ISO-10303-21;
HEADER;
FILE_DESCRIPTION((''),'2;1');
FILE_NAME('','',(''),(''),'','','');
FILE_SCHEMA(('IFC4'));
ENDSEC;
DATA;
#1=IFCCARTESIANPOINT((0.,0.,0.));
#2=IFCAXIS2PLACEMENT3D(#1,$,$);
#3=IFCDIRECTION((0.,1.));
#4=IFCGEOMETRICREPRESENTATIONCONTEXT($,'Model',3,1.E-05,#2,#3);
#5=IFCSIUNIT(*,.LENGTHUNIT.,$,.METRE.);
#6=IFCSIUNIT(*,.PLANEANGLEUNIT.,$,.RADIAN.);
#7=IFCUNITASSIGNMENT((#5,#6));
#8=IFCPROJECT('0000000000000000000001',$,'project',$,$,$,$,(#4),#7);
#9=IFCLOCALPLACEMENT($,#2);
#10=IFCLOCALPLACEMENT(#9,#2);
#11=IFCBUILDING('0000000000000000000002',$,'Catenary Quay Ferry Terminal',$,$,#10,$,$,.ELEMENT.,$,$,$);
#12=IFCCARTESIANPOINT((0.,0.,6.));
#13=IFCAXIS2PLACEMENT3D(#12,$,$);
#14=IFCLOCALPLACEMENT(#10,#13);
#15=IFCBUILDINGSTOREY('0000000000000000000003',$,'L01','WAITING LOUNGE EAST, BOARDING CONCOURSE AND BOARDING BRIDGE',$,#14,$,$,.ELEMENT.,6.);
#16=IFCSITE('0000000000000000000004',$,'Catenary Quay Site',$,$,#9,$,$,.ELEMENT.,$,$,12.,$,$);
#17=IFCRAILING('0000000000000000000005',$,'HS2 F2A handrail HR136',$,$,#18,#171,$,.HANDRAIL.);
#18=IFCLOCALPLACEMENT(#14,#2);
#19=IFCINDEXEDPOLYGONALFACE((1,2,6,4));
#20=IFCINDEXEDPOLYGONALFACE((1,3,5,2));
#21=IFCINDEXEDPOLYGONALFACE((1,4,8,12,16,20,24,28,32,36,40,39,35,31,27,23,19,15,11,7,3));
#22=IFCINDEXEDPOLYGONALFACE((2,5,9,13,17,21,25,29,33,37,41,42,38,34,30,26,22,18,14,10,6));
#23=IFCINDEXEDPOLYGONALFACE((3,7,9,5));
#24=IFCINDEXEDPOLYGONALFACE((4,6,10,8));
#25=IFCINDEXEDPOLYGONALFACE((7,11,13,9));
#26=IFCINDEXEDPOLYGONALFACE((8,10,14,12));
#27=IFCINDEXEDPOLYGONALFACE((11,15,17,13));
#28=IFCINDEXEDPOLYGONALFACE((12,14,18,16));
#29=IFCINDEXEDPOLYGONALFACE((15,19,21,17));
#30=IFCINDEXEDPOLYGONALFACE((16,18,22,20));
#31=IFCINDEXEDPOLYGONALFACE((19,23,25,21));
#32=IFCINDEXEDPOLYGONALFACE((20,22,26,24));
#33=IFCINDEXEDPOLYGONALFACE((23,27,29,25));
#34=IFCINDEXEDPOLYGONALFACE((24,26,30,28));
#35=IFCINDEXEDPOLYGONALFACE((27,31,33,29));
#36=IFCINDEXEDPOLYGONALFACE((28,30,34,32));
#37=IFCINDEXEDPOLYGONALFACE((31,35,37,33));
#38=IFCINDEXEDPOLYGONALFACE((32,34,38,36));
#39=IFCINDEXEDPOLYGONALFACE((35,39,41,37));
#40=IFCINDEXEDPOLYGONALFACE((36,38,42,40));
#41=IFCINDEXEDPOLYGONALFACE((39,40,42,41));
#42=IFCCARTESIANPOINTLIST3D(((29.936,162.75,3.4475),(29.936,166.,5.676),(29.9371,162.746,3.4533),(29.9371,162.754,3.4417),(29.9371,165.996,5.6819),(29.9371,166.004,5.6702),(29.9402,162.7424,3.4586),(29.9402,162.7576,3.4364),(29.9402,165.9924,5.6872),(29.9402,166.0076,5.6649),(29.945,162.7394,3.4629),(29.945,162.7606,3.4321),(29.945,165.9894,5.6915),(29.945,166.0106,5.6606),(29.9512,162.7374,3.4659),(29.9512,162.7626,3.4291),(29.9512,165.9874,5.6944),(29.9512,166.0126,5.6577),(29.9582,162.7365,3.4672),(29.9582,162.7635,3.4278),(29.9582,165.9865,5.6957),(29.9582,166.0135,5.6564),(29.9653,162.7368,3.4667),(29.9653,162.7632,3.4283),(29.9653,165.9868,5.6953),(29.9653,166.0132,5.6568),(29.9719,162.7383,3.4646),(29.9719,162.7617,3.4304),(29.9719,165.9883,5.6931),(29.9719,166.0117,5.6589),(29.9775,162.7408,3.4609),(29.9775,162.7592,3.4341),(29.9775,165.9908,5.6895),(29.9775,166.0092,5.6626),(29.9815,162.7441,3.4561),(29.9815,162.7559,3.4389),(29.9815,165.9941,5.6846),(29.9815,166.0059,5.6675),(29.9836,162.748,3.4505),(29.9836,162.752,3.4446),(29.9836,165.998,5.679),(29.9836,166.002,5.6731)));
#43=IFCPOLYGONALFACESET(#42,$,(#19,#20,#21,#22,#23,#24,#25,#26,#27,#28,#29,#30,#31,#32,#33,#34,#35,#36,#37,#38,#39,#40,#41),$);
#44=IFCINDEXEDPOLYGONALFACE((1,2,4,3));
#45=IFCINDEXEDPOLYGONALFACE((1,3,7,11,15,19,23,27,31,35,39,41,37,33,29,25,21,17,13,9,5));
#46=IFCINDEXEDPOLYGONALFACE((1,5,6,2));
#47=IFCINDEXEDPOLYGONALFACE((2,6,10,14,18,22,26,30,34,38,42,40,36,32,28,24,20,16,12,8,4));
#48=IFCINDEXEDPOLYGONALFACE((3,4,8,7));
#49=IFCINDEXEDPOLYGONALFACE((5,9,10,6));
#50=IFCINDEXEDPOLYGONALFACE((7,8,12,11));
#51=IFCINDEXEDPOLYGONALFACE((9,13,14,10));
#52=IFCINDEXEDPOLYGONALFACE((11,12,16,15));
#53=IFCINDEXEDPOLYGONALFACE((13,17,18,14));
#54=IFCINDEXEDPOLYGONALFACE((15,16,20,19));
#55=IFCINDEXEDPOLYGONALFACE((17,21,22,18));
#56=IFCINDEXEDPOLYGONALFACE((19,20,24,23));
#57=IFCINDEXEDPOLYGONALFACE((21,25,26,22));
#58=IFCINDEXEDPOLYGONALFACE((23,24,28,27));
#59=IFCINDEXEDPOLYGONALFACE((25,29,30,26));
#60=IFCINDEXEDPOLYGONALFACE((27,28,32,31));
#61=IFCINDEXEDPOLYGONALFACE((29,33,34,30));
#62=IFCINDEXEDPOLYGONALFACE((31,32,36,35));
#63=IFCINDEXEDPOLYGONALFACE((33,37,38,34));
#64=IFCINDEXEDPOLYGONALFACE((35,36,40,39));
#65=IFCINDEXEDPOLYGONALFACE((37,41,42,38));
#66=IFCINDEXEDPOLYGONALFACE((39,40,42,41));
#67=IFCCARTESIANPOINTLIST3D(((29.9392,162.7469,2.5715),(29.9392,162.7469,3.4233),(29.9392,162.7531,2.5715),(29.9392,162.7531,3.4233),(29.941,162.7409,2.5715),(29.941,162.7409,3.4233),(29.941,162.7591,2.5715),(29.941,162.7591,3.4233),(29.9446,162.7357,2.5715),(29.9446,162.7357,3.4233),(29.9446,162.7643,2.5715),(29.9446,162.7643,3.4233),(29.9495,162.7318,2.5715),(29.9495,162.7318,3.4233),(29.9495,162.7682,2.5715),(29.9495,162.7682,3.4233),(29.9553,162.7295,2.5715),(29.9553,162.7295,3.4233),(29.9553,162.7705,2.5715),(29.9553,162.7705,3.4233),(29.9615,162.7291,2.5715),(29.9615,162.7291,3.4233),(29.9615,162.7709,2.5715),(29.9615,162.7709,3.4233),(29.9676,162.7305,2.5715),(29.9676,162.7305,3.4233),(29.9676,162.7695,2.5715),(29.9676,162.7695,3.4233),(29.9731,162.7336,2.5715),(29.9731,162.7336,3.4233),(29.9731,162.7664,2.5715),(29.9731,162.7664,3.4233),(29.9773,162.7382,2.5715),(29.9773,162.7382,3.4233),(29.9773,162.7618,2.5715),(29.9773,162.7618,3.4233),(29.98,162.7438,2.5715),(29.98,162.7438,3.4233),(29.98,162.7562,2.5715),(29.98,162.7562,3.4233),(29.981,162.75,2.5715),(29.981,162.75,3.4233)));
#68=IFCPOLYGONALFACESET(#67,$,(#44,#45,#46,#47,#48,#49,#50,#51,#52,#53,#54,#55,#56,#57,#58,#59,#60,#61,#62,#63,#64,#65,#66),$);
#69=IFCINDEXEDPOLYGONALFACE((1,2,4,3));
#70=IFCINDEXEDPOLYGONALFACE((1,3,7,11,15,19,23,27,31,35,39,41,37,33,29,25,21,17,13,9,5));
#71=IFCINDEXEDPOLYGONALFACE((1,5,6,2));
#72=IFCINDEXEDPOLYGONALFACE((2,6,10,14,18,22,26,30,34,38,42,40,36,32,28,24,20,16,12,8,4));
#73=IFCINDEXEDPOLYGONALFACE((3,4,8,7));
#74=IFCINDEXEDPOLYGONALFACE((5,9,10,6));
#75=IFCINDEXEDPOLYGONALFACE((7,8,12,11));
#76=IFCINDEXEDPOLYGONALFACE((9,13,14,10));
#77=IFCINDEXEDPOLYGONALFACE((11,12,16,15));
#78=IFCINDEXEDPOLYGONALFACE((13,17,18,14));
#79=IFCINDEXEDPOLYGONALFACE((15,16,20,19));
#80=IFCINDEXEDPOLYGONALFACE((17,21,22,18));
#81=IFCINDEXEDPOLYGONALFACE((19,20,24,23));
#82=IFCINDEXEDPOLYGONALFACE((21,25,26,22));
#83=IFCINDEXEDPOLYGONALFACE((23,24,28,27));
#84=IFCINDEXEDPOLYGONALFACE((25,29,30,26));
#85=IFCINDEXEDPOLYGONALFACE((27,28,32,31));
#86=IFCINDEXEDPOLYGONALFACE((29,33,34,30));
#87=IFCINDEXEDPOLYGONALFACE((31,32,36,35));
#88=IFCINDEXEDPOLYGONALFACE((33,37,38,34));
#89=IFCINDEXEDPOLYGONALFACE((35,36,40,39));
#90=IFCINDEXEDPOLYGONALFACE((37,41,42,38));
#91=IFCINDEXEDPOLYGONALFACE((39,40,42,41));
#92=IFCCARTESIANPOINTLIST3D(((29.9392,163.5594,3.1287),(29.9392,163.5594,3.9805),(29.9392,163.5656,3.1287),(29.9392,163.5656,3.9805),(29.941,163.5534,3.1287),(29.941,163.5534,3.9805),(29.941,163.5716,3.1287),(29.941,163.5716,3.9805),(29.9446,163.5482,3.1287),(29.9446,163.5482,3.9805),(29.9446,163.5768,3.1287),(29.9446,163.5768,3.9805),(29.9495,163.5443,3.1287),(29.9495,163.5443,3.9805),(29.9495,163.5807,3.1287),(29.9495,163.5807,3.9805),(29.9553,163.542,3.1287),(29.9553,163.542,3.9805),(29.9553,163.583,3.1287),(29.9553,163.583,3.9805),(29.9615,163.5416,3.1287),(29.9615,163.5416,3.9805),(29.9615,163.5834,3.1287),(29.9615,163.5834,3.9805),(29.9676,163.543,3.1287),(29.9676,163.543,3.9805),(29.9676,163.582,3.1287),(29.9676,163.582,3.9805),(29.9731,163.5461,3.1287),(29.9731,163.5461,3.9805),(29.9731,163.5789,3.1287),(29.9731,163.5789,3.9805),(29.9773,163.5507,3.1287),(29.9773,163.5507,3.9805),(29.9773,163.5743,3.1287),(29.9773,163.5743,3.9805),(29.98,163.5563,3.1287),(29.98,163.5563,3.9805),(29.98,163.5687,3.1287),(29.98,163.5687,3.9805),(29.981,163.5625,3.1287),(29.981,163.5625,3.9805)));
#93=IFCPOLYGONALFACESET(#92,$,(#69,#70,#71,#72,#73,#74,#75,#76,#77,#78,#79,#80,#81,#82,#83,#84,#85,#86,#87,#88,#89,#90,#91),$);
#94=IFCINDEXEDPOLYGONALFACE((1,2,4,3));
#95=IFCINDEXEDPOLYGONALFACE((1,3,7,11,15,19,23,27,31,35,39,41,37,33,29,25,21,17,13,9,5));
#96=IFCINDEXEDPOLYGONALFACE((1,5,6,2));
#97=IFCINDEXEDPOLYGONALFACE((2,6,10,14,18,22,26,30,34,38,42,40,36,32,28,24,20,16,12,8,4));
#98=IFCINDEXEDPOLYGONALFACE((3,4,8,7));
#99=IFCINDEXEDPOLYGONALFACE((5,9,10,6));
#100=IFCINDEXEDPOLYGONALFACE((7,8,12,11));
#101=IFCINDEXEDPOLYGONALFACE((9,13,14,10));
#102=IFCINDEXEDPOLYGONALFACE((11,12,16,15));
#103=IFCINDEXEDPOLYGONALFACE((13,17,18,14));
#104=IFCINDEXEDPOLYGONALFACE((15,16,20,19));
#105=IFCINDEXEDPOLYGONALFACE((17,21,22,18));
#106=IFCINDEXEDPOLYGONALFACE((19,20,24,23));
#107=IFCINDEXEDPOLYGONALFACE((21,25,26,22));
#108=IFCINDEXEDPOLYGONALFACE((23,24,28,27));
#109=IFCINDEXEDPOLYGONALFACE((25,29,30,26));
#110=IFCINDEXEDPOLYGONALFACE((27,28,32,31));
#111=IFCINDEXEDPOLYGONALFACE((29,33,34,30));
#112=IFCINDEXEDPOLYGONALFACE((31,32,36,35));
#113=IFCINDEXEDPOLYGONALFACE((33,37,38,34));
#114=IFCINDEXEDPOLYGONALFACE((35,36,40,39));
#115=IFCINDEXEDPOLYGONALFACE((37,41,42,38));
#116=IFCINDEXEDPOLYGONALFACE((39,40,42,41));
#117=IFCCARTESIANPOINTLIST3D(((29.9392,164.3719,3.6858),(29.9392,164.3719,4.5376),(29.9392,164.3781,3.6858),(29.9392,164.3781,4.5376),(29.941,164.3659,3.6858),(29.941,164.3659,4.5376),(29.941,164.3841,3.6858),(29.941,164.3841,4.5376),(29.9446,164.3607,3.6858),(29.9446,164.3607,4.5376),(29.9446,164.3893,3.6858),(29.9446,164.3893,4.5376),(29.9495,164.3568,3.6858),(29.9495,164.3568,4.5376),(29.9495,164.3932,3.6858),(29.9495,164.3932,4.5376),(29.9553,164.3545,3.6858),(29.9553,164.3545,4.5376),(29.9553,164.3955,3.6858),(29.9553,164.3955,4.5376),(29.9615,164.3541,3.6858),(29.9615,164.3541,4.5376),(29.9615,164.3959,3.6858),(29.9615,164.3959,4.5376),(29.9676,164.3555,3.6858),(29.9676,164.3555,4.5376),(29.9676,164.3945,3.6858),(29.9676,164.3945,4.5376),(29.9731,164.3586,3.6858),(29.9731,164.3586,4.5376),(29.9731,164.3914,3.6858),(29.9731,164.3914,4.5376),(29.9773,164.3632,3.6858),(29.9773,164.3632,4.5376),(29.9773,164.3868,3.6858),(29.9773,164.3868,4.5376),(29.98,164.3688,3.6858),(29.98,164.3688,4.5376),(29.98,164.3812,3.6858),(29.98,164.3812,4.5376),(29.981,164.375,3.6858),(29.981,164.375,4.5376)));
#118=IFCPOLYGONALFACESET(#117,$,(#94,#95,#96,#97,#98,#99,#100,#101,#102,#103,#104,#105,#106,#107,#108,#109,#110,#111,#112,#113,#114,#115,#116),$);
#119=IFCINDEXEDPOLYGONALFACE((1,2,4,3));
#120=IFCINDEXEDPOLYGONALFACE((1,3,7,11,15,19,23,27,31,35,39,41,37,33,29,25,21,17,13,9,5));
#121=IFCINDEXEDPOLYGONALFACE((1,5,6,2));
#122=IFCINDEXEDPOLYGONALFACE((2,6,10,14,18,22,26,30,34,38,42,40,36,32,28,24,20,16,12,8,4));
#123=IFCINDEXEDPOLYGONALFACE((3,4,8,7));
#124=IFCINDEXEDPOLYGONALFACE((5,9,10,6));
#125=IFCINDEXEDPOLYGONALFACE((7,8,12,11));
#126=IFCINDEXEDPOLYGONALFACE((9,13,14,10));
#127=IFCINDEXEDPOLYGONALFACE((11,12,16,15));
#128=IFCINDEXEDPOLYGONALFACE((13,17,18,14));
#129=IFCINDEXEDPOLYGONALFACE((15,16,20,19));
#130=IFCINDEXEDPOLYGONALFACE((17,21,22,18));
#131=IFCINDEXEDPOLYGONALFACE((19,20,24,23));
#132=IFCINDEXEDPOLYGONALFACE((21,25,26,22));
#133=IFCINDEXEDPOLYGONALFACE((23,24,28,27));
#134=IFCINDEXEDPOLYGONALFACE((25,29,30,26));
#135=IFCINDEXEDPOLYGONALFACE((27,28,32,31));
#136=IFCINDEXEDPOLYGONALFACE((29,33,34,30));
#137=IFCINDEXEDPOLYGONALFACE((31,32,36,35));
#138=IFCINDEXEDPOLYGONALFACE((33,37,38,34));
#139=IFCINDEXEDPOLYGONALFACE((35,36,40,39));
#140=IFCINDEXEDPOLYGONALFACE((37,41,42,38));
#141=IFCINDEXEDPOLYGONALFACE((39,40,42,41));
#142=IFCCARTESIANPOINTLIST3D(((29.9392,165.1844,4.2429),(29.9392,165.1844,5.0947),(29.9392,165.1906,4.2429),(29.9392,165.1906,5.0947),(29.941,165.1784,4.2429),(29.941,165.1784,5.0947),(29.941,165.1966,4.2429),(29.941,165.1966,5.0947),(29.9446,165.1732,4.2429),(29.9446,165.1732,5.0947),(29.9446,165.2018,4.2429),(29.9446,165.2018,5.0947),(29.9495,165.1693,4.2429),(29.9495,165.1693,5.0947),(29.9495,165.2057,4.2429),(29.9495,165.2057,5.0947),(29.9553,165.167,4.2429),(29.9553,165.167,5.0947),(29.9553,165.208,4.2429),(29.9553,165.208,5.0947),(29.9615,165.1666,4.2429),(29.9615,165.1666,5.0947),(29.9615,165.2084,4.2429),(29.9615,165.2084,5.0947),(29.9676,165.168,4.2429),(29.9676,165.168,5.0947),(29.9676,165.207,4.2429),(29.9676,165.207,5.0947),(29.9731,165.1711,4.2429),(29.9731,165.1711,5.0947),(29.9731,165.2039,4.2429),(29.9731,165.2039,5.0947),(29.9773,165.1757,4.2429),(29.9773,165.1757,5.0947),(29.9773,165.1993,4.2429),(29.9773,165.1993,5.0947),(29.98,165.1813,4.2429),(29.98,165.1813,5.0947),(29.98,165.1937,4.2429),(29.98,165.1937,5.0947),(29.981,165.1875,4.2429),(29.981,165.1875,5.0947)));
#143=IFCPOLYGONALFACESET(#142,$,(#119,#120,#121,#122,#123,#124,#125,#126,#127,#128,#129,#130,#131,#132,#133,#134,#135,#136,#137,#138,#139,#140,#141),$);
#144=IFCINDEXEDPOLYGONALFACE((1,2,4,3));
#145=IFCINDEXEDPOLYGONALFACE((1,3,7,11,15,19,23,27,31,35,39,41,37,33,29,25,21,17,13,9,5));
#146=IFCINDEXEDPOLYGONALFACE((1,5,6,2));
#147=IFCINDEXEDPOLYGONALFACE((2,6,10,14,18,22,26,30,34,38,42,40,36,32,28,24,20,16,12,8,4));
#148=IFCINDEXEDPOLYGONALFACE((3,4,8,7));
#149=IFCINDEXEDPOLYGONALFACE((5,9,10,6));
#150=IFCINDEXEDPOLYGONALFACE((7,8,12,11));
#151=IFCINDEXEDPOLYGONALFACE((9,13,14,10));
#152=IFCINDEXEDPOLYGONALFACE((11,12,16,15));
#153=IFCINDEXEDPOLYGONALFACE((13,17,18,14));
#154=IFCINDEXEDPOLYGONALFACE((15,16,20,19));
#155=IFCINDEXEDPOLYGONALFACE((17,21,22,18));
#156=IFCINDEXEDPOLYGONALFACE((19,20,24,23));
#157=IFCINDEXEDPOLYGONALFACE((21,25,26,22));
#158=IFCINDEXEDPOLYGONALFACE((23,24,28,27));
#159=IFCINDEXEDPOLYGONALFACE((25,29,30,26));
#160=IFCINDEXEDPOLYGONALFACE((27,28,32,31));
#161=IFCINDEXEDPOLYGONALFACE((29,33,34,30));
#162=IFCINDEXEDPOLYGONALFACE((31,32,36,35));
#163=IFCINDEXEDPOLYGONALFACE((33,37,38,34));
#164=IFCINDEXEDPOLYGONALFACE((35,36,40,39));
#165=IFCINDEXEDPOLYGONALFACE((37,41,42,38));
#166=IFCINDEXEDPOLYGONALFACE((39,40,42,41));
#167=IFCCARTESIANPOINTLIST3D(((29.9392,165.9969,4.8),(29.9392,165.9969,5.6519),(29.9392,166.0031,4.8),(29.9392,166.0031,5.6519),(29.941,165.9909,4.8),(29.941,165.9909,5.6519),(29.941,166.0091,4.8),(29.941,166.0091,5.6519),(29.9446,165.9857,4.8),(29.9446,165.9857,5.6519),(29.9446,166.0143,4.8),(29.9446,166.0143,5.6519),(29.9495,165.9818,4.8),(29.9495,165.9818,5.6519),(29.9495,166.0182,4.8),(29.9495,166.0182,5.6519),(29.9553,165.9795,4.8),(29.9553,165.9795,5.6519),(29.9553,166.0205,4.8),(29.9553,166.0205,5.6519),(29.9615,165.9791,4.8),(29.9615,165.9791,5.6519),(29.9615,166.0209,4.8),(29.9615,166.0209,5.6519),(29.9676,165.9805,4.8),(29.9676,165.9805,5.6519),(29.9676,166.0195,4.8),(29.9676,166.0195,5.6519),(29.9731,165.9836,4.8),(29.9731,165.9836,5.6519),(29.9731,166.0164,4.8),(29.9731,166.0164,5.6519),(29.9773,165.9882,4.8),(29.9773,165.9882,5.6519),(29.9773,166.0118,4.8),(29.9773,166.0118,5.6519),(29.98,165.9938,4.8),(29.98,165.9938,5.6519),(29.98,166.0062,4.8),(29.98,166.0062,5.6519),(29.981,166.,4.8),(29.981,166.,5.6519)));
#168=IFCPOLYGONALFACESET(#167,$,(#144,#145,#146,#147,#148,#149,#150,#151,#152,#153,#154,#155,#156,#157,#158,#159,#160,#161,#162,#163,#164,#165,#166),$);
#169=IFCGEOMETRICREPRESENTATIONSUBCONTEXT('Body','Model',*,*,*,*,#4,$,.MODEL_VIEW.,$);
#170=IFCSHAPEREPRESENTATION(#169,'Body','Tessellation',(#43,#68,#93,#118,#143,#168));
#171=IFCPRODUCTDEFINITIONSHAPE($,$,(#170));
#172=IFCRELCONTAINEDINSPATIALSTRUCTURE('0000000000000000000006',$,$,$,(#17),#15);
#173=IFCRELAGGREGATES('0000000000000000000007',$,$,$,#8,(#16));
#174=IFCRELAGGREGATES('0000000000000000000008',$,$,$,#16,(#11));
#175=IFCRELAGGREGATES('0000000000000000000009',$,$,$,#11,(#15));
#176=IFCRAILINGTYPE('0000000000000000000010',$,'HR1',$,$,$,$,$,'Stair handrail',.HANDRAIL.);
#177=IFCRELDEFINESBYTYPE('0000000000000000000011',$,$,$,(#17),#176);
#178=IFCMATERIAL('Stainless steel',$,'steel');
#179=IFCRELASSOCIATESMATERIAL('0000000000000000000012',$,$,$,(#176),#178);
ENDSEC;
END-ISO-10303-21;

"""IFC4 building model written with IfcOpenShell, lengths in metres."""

from ifc_helpers import new_model, si_unit, direction, frame, origin, origin_2d, place, context, subcontext, project, spatial, circle, extrude, material, type_object, element, save


model = new_model("IFC4")

# Units and contexts
model_context = context("Model", 3, precision=1e-05, world=origin(), true_north=direction((0.0, 1.0)))
body_context = subcontext(model_context, "Body", "Model", "MODEL_VIEW")
ifc_project = project(units=[si_unit("LENGTHUNIT", "METRE"), si_unit("PLANEANGLEUNIT", "RADIAN")], contexts=[model_context])

# Site, building, storey
site_placement = place(None, origin())
site = spatial("IfcSite", under=ifc_project, at=site_placement, Name="Catenary Quay Site", CompositionType="ELEMENT", RefElevation=12.0)
building_placement = place(site_placement, origin())
building = spatial("IfcBuilding", under=site, at=building_placement, Name="Catenary Quay Ferry Terminal", CompositionType="ELEMENT")
storey_placement = place(building_placement, frame((0.0, 0.0, 6.0)))
storey = spatial("IfcBuildingStorey", under=building, at=storey_placement, Name="L01", Description="WAITING LOUNGE EAST, BOARDING CONCOURSE AND BOARDING BRIDGE", CompositionType="ELEMENT", Elevation=6.0)

# Railing
ifc_material_1 = material(Name="Stainless steel", Category="steel")
railing_type_1 = type_object("IfcRailingType", Name="HR1", ElementType="Stair handrail", PredefinedType="HANDRAIL", material=ifc_material_1)
for number, where, name in (
    (1, (29.96, 162.75, 2.5715), "HS2 F2A handrail HR136"),
):
    element("IfcRailing", number, at=place(storey_placement, frame(where)), inside=storey, type_object=railing_type_1, Name=name, PredefinedType="HANDRAIL", context=body_context, shape_type="SweptSolid", body=[
        extrude(circle(Radius=0.0239, at=origin_2d()), frame((0.0, 0.0, 0.876), z_axis=(0.0, 0.824735, 0.565519), x_axis=(-1.0, 0.0, 0.0)), (0.0, 0.0, 1.0), 3.9407),
        extrude(circle(Radius=0.021, at=origin_2d()), origin(), (0.0, 0.0, 1.0), 0.8518),
        extrude(circle(Radius=0.021, at=origin_2d()), frame((0.0, 0.8125, 0.5571)), (0.0, 0.0, 1.0), 0.8518),
        extrude(circle(Radius=0.021, at=origin_2d()), frame((0.0, 1.625, 1.1143)), (0.0, 0.0, 1.0), 0.8518),
        extrude(circle(Radius=0.021, at=origin_2d()), frame((0.0, 2.4375, 1.6714)), (0.0, 0.0, 1.0), 0.8518),
        extrude(circle(Radius=0.021, at=origin_2d()), frame((0.0, 3.25, 2.2285)), (0.0, 0.0, 1.0), 0.8518),
    ])

save(model, "model.ifc")
